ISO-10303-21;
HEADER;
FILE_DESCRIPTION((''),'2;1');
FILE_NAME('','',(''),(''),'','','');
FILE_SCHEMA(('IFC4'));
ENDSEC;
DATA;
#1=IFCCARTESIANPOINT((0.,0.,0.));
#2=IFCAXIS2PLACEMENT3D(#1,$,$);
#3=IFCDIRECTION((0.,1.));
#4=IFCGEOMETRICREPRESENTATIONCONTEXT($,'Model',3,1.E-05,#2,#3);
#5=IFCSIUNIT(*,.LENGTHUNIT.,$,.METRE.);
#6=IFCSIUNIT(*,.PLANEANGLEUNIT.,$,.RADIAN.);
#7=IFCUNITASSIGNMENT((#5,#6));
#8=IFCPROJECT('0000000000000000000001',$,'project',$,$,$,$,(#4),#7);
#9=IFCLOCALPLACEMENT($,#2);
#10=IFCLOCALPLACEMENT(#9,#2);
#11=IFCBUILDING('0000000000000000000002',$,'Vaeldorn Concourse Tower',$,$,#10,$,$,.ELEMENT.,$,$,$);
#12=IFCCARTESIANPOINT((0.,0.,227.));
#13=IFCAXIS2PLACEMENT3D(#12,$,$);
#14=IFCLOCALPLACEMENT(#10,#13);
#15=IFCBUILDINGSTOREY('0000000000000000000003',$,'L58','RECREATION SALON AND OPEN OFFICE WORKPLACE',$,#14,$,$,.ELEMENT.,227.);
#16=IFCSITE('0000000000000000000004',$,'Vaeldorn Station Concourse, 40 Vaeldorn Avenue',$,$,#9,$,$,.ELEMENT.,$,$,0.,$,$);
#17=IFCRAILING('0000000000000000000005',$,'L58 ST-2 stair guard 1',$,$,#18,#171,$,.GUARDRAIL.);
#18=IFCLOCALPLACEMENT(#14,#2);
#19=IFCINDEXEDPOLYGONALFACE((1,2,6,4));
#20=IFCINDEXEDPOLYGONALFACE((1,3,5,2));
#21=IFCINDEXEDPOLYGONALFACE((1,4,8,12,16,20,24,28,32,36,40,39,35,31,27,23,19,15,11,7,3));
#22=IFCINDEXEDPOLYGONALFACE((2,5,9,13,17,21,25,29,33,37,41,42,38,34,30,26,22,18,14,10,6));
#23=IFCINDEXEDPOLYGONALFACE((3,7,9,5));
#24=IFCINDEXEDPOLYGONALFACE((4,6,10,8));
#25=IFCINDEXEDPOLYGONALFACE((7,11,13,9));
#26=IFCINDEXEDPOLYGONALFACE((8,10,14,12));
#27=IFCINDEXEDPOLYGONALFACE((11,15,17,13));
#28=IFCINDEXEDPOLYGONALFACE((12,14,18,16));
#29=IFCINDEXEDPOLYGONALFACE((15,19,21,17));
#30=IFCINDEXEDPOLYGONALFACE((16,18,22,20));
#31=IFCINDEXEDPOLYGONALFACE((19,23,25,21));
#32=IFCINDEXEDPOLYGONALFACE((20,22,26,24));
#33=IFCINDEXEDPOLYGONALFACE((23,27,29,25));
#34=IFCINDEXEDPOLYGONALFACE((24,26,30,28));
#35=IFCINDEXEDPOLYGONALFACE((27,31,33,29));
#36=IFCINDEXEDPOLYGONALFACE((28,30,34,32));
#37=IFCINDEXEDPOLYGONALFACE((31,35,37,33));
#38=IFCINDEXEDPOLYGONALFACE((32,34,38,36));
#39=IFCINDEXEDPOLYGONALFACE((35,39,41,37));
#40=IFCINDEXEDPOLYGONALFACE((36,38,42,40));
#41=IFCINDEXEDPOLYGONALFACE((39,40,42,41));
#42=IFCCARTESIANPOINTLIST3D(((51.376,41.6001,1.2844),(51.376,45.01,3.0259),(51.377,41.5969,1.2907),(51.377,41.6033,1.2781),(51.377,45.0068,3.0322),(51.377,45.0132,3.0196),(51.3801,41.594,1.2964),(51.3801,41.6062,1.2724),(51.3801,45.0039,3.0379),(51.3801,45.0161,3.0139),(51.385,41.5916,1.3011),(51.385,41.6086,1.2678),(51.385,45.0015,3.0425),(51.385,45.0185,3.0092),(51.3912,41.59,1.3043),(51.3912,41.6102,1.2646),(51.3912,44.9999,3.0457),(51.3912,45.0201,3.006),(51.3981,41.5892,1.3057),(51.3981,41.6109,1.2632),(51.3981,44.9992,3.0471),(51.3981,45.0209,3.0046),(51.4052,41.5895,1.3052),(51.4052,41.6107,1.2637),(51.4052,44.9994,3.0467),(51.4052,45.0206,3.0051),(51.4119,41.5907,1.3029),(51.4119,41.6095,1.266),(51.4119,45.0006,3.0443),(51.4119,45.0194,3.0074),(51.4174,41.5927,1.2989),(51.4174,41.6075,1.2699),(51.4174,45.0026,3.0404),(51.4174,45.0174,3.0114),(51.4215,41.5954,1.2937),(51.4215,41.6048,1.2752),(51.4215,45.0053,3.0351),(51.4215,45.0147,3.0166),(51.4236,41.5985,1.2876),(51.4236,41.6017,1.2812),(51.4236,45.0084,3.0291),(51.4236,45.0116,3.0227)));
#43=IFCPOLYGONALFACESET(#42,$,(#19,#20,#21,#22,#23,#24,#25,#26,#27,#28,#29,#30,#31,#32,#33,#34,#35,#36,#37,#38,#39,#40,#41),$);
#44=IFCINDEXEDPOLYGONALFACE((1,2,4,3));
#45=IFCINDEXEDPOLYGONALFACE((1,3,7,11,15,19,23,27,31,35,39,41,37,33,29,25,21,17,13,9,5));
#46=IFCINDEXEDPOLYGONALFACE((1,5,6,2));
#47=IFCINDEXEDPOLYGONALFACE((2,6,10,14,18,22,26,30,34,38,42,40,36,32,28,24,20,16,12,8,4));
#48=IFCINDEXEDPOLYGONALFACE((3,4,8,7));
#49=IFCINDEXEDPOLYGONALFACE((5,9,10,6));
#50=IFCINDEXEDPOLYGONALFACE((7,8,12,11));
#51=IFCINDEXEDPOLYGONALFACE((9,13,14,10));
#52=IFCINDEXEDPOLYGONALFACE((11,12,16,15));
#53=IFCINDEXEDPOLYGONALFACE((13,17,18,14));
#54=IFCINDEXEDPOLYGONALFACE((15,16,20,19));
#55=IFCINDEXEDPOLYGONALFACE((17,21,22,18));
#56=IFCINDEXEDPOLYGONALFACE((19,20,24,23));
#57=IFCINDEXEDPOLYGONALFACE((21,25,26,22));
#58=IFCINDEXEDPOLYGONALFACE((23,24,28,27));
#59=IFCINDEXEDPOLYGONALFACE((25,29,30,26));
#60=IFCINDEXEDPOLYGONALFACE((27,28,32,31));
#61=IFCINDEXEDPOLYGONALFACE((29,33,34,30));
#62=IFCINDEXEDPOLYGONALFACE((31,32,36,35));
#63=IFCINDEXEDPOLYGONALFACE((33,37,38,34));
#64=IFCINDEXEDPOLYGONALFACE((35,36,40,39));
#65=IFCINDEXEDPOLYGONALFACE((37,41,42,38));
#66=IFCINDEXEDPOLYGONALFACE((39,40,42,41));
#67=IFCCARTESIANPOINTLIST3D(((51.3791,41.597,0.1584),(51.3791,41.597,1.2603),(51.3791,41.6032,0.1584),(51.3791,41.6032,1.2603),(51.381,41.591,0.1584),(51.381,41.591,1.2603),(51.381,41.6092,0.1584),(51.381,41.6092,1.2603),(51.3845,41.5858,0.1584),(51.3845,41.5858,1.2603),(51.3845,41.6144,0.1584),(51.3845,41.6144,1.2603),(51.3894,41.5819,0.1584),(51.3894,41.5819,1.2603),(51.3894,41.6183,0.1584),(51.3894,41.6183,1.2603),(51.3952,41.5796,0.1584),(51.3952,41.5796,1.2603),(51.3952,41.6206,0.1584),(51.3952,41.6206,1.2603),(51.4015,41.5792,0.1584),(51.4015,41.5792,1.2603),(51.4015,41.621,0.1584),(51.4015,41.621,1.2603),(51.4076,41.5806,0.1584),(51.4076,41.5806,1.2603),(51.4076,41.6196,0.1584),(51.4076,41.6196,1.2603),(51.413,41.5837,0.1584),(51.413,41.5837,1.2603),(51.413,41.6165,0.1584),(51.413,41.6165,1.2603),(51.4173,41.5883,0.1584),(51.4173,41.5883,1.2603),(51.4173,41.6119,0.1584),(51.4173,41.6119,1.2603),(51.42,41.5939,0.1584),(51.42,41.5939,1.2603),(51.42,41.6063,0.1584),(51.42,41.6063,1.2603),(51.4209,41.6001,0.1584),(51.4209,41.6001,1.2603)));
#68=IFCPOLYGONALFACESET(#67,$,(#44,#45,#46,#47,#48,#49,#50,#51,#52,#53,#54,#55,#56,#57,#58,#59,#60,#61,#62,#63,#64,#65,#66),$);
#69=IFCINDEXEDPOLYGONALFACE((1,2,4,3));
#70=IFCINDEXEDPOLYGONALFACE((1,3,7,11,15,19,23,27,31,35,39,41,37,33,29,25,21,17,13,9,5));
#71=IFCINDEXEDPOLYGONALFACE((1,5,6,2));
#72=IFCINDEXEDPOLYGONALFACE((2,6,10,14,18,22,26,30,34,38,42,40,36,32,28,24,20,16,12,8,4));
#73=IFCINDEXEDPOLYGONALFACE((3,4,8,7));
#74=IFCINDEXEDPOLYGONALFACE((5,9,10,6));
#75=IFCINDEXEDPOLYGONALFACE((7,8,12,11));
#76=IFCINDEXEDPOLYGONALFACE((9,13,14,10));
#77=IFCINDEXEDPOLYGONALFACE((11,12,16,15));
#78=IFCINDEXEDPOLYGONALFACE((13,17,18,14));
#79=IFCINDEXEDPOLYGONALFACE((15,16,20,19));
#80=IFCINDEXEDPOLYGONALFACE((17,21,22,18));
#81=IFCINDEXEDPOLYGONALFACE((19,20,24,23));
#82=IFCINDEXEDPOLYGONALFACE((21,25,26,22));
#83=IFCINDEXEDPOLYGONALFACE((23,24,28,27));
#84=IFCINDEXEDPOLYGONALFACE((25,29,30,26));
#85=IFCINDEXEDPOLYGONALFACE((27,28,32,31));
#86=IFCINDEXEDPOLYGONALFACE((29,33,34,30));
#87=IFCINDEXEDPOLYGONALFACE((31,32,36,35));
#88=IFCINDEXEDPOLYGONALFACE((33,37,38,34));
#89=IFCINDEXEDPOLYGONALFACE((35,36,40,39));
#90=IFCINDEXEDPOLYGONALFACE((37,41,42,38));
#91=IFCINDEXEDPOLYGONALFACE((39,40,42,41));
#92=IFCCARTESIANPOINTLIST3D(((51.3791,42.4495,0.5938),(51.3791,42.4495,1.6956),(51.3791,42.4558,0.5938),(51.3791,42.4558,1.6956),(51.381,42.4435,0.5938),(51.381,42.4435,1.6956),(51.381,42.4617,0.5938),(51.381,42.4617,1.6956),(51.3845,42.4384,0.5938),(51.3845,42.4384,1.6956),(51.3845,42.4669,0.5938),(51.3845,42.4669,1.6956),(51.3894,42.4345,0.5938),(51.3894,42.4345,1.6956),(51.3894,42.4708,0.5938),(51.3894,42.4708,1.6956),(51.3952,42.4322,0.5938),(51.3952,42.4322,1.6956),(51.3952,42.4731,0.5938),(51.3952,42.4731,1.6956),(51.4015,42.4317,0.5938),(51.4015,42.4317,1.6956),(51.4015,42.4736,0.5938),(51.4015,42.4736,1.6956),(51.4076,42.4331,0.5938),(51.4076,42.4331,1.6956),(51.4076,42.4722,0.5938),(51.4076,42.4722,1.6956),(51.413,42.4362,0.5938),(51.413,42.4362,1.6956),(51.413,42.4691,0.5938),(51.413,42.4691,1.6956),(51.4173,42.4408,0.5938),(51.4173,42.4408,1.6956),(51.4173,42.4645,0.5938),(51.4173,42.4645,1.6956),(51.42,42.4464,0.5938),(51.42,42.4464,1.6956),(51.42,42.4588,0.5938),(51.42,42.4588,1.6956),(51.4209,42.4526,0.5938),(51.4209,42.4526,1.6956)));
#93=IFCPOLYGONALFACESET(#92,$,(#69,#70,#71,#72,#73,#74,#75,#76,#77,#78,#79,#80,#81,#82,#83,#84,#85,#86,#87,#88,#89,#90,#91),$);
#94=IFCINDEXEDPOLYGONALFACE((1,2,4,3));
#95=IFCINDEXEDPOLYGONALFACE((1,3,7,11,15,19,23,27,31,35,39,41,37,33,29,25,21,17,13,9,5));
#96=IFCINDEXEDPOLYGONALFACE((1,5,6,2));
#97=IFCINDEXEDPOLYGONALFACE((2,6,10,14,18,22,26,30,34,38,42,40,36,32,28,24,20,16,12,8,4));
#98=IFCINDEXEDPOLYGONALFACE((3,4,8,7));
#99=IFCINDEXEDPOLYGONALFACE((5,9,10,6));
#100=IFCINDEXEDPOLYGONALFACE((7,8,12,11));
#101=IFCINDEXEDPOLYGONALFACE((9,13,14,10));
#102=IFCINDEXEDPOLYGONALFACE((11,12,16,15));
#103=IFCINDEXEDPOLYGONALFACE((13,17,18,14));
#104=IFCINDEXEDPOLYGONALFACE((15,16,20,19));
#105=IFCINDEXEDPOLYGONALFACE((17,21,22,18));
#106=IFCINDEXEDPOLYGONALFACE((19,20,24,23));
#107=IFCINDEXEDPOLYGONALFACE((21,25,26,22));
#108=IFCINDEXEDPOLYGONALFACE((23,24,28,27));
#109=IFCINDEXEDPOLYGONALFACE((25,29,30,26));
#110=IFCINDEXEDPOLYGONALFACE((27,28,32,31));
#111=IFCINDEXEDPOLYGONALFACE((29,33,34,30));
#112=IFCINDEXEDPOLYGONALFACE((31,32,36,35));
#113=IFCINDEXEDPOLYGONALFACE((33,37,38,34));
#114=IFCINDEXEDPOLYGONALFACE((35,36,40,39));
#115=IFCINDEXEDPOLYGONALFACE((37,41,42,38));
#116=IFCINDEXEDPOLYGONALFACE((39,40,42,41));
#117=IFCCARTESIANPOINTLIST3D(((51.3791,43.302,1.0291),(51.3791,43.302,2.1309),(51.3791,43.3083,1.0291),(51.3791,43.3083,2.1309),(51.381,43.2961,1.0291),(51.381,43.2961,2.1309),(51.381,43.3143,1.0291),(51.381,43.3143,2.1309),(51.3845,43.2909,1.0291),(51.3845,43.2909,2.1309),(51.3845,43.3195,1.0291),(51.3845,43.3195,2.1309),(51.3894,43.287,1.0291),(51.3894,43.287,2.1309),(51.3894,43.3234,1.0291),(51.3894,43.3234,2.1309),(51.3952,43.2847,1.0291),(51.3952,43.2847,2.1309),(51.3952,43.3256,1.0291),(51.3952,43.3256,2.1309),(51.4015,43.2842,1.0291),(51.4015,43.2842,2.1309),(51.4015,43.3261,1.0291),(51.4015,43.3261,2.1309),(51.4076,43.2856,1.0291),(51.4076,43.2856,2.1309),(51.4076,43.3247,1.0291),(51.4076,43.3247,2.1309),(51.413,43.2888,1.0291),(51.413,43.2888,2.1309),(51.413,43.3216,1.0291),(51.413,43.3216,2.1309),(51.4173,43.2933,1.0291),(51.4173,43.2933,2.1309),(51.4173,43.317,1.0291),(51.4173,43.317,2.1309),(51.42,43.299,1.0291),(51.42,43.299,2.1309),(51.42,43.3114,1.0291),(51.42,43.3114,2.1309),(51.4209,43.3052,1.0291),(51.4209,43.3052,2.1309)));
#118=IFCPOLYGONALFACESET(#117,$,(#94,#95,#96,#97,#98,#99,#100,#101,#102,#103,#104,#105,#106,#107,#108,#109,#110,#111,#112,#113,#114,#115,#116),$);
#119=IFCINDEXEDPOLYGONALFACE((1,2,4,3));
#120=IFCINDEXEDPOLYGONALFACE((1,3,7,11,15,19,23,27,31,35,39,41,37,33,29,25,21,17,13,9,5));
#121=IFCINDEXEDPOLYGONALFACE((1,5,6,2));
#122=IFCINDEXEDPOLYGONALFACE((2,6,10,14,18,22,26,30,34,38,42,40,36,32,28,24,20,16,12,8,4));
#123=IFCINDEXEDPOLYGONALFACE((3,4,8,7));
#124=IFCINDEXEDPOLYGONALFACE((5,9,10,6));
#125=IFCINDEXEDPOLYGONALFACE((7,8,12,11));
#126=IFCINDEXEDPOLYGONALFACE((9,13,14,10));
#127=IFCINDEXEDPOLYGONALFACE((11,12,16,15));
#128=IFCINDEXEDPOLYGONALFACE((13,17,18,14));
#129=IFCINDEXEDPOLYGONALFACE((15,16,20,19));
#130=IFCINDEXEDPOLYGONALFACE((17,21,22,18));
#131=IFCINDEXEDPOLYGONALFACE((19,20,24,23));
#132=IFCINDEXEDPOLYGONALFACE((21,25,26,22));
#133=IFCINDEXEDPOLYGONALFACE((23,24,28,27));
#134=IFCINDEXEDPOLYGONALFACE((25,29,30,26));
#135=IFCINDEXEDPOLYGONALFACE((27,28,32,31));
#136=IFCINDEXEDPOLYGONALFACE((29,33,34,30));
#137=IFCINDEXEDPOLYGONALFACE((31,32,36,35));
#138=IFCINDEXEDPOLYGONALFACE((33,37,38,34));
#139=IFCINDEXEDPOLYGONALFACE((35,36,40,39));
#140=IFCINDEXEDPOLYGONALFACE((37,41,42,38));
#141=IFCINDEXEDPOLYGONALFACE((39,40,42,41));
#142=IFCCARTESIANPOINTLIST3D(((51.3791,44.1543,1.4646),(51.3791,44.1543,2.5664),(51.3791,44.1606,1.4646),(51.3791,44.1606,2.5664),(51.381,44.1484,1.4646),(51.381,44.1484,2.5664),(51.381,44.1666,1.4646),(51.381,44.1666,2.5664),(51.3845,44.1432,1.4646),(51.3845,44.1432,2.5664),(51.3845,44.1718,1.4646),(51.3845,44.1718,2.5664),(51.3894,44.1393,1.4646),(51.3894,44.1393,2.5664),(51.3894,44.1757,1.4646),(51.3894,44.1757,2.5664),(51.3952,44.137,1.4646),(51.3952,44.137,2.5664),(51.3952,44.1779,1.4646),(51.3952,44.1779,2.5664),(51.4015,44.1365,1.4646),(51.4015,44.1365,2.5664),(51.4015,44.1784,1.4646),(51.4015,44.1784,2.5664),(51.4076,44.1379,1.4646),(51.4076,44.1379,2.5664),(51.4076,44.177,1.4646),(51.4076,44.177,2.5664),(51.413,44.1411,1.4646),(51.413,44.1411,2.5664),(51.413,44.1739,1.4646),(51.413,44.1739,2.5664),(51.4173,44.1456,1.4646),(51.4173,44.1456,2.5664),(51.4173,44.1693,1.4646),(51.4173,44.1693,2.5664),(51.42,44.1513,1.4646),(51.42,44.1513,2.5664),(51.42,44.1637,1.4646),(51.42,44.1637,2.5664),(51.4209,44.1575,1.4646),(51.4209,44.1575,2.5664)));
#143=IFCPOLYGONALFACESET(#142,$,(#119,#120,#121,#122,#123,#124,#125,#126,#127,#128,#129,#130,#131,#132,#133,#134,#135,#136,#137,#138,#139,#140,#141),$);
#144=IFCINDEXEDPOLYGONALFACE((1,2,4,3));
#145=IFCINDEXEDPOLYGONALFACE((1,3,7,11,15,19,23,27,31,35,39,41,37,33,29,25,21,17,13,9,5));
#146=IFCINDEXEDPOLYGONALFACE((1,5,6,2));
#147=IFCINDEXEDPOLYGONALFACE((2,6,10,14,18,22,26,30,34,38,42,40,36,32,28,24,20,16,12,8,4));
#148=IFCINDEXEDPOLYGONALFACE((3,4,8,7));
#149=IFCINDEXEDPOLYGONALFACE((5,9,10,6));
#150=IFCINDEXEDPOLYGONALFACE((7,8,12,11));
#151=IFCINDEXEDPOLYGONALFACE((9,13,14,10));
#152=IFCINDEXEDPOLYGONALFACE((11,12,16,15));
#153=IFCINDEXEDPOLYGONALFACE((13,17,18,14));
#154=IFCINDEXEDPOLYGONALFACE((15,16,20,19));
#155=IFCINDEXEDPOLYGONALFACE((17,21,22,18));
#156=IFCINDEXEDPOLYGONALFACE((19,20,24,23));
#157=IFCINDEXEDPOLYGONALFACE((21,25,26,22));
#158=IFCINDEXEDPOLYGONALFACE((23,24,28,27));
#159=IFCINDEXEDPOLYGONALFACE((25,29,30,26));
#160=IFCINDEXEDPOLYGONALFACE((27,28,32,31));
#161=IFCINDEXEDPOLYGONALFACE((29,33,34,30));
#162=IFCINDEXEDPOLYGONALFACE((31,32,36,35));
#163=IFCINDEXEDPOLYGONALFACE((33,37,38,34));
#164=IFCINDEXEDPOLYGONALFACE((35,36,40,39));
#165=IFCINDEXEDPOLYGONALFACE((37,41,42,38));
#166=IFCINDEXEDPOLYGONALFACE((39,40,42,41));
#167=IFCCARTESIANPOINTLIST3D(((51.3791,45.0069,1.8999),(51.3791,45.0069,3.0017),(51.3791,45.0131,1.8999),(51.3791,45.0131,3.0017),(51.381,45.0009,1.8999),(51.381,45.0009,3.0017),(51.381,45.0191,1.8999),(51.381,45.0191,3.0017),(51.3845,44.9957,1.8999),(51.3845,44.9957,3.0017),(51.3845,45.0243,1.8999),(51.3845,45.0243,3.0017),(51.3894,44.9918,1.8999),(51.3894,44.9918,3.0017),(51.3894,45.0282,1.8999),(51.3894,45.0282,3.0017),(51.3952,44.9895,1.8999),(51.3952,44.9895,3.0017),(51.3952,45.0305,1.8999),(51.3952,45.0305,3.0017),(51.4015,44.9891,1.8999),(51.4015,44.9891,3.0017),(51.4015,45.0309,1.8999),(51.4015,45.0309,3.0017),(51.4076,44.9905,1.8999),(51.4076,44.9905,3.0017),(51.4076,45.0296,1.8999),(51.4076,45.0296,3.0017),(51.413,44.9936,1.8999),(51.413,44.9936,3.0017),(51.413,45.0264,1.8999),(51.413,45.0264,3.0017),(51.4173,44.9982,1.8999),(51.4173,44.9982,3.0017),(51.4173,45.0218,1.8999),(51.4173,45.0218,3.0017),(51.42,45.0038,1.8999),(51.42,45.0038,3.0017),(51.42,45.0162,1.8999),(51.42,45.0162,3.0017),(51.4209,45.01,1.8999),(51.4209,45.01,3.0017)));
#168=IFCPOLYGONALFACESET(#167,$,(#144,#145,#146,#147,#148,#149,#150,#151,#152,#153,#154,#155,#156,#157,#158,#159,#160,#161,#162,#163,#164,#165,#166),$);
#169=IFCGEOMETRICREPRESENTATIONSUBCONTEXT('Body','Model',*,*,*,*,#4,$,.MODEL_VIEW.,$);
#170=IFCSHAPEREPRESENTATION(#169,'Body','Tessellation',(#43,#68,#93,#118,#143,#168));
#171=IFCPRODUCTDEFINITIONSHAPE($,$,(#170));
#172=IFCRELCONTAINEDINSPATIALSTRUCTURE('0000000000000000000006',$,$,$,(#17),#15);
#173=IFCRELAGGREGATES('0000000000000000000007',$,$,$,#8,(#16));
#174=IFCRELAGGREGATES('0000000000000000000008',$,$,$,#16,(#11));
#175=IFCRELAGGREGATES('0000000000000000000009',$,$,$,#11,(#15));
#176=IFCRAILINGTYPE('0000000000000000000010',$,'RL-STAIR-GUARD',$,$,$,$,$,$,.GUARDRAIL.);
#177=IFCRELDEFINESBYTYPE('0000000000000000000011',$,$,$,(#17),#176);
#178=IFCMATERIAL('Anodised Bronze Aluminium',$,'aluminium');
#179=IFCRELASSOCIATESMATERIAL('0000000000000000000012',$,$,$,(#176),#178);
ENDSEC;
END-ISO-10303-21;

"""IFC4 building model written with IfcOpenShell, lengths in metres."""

from ifc_helpers import new_model, si_unit, direction, frame, origin, origin_2d, place, context, subcontext, project, spatial, circle, extrude, material, type_object, element, save


model = new_model("IFC4")

# Units and contexts
model_context = context("Model", 3, precision=1e-05, world=origin(), true_north=direction((0.0, 1.0)))
body_context = subcontext(model_context, "Body", "Model", "MODEL_VIEW")
ifc_project = project(units=[si_unit("LENGTHUNIT", "METRE"), si_unit("PLANEANGLEUNIT", "RADIAN")], contexts=[model_context])

# Site, building, storey
site_placement = place(None, origin())
site = spatial("IfcSite", under=ifc_project, at=site_placement, Name="Vaeldorn Station Concourse, 40 Vaeldorn Avenue", CompositionType="ELEMENT", RefElevation=0.0)
building_placement = place(site_placement, origin())
building = spatial("IfcBuilding", under=site, at=building_placement, Name="Vaeldorn Concourse Tower", CompositionType="ELEMENT")
storey_placement = place(building_placement, frame((0.0, 0.0, 227.0)))
storey = spatial("IfcBuildingStorey", under=building, at=storey_placement, Name="L58", Description="RECREATION SALON AND OPEN OFFICE WORKPLACE", CompositionType="ELEMENT", Elevation=227.0)

# Shared definitions
ifc_material_1 = material(Name="Anodised Bronze Aluminium", Category="aluminium")

# Railing
railing_type_1 = type_object("IfcRailingType", Name="RL-STAIR-GUARD", PredefinedType="GUARDRAIL", material=ifc_material_1)
railing_1_placement = place(storey_placement, frame((51.3999, 41.6001, 0.1584)))
element("IfcRailing", 1, at=railing_1_placement, inside=storey, type_object=railing_type_1, Name="L58 ST-2 stair guard 1", PredefinedType="GUARDRAIL", context=body_context, shape_type="SweptSolid", body=[
    extrude(circle(Radius=0.0239, at=origin_2d()), frame((0.0, 0.0, 1.126), z_axis=(0.0, 0.890582, 0.454823), x_axis=(-1.0, 0.0, 0.0)), (0.0, 0.0, 1.0), 3.8289),
    extrude(circle(Radius=0.021, at=origin_2d()), origin(), (0.0, 0.0, 1.0), 1.1018),
    extrude(circle(Radius=0.021, at=origin_2d()), frame((0.0, 0.8525, 0.4353)), (0.0, 0.0, 1.0), 1.1018),
    extrude(circle(Radius=0.021, at=origin_2d()), frame((0.0, 1.7051, 0.8706)), (0.0, 0.0, 1.0), 1.1018),
    extrude(circle(Radius=0.021, at=origin_2d()), frame((0.0, 2.5574, 1.3062)), (0.0, 0.0, 1.0), 1.1018),
    extrude(circle(Radius=0.021, at=origin_2d()), frame((0.0, 3.4099, 1.7415)), (0.0, 0.0, 1.0), 1.1018),
])

save(model, "model.ifc")
